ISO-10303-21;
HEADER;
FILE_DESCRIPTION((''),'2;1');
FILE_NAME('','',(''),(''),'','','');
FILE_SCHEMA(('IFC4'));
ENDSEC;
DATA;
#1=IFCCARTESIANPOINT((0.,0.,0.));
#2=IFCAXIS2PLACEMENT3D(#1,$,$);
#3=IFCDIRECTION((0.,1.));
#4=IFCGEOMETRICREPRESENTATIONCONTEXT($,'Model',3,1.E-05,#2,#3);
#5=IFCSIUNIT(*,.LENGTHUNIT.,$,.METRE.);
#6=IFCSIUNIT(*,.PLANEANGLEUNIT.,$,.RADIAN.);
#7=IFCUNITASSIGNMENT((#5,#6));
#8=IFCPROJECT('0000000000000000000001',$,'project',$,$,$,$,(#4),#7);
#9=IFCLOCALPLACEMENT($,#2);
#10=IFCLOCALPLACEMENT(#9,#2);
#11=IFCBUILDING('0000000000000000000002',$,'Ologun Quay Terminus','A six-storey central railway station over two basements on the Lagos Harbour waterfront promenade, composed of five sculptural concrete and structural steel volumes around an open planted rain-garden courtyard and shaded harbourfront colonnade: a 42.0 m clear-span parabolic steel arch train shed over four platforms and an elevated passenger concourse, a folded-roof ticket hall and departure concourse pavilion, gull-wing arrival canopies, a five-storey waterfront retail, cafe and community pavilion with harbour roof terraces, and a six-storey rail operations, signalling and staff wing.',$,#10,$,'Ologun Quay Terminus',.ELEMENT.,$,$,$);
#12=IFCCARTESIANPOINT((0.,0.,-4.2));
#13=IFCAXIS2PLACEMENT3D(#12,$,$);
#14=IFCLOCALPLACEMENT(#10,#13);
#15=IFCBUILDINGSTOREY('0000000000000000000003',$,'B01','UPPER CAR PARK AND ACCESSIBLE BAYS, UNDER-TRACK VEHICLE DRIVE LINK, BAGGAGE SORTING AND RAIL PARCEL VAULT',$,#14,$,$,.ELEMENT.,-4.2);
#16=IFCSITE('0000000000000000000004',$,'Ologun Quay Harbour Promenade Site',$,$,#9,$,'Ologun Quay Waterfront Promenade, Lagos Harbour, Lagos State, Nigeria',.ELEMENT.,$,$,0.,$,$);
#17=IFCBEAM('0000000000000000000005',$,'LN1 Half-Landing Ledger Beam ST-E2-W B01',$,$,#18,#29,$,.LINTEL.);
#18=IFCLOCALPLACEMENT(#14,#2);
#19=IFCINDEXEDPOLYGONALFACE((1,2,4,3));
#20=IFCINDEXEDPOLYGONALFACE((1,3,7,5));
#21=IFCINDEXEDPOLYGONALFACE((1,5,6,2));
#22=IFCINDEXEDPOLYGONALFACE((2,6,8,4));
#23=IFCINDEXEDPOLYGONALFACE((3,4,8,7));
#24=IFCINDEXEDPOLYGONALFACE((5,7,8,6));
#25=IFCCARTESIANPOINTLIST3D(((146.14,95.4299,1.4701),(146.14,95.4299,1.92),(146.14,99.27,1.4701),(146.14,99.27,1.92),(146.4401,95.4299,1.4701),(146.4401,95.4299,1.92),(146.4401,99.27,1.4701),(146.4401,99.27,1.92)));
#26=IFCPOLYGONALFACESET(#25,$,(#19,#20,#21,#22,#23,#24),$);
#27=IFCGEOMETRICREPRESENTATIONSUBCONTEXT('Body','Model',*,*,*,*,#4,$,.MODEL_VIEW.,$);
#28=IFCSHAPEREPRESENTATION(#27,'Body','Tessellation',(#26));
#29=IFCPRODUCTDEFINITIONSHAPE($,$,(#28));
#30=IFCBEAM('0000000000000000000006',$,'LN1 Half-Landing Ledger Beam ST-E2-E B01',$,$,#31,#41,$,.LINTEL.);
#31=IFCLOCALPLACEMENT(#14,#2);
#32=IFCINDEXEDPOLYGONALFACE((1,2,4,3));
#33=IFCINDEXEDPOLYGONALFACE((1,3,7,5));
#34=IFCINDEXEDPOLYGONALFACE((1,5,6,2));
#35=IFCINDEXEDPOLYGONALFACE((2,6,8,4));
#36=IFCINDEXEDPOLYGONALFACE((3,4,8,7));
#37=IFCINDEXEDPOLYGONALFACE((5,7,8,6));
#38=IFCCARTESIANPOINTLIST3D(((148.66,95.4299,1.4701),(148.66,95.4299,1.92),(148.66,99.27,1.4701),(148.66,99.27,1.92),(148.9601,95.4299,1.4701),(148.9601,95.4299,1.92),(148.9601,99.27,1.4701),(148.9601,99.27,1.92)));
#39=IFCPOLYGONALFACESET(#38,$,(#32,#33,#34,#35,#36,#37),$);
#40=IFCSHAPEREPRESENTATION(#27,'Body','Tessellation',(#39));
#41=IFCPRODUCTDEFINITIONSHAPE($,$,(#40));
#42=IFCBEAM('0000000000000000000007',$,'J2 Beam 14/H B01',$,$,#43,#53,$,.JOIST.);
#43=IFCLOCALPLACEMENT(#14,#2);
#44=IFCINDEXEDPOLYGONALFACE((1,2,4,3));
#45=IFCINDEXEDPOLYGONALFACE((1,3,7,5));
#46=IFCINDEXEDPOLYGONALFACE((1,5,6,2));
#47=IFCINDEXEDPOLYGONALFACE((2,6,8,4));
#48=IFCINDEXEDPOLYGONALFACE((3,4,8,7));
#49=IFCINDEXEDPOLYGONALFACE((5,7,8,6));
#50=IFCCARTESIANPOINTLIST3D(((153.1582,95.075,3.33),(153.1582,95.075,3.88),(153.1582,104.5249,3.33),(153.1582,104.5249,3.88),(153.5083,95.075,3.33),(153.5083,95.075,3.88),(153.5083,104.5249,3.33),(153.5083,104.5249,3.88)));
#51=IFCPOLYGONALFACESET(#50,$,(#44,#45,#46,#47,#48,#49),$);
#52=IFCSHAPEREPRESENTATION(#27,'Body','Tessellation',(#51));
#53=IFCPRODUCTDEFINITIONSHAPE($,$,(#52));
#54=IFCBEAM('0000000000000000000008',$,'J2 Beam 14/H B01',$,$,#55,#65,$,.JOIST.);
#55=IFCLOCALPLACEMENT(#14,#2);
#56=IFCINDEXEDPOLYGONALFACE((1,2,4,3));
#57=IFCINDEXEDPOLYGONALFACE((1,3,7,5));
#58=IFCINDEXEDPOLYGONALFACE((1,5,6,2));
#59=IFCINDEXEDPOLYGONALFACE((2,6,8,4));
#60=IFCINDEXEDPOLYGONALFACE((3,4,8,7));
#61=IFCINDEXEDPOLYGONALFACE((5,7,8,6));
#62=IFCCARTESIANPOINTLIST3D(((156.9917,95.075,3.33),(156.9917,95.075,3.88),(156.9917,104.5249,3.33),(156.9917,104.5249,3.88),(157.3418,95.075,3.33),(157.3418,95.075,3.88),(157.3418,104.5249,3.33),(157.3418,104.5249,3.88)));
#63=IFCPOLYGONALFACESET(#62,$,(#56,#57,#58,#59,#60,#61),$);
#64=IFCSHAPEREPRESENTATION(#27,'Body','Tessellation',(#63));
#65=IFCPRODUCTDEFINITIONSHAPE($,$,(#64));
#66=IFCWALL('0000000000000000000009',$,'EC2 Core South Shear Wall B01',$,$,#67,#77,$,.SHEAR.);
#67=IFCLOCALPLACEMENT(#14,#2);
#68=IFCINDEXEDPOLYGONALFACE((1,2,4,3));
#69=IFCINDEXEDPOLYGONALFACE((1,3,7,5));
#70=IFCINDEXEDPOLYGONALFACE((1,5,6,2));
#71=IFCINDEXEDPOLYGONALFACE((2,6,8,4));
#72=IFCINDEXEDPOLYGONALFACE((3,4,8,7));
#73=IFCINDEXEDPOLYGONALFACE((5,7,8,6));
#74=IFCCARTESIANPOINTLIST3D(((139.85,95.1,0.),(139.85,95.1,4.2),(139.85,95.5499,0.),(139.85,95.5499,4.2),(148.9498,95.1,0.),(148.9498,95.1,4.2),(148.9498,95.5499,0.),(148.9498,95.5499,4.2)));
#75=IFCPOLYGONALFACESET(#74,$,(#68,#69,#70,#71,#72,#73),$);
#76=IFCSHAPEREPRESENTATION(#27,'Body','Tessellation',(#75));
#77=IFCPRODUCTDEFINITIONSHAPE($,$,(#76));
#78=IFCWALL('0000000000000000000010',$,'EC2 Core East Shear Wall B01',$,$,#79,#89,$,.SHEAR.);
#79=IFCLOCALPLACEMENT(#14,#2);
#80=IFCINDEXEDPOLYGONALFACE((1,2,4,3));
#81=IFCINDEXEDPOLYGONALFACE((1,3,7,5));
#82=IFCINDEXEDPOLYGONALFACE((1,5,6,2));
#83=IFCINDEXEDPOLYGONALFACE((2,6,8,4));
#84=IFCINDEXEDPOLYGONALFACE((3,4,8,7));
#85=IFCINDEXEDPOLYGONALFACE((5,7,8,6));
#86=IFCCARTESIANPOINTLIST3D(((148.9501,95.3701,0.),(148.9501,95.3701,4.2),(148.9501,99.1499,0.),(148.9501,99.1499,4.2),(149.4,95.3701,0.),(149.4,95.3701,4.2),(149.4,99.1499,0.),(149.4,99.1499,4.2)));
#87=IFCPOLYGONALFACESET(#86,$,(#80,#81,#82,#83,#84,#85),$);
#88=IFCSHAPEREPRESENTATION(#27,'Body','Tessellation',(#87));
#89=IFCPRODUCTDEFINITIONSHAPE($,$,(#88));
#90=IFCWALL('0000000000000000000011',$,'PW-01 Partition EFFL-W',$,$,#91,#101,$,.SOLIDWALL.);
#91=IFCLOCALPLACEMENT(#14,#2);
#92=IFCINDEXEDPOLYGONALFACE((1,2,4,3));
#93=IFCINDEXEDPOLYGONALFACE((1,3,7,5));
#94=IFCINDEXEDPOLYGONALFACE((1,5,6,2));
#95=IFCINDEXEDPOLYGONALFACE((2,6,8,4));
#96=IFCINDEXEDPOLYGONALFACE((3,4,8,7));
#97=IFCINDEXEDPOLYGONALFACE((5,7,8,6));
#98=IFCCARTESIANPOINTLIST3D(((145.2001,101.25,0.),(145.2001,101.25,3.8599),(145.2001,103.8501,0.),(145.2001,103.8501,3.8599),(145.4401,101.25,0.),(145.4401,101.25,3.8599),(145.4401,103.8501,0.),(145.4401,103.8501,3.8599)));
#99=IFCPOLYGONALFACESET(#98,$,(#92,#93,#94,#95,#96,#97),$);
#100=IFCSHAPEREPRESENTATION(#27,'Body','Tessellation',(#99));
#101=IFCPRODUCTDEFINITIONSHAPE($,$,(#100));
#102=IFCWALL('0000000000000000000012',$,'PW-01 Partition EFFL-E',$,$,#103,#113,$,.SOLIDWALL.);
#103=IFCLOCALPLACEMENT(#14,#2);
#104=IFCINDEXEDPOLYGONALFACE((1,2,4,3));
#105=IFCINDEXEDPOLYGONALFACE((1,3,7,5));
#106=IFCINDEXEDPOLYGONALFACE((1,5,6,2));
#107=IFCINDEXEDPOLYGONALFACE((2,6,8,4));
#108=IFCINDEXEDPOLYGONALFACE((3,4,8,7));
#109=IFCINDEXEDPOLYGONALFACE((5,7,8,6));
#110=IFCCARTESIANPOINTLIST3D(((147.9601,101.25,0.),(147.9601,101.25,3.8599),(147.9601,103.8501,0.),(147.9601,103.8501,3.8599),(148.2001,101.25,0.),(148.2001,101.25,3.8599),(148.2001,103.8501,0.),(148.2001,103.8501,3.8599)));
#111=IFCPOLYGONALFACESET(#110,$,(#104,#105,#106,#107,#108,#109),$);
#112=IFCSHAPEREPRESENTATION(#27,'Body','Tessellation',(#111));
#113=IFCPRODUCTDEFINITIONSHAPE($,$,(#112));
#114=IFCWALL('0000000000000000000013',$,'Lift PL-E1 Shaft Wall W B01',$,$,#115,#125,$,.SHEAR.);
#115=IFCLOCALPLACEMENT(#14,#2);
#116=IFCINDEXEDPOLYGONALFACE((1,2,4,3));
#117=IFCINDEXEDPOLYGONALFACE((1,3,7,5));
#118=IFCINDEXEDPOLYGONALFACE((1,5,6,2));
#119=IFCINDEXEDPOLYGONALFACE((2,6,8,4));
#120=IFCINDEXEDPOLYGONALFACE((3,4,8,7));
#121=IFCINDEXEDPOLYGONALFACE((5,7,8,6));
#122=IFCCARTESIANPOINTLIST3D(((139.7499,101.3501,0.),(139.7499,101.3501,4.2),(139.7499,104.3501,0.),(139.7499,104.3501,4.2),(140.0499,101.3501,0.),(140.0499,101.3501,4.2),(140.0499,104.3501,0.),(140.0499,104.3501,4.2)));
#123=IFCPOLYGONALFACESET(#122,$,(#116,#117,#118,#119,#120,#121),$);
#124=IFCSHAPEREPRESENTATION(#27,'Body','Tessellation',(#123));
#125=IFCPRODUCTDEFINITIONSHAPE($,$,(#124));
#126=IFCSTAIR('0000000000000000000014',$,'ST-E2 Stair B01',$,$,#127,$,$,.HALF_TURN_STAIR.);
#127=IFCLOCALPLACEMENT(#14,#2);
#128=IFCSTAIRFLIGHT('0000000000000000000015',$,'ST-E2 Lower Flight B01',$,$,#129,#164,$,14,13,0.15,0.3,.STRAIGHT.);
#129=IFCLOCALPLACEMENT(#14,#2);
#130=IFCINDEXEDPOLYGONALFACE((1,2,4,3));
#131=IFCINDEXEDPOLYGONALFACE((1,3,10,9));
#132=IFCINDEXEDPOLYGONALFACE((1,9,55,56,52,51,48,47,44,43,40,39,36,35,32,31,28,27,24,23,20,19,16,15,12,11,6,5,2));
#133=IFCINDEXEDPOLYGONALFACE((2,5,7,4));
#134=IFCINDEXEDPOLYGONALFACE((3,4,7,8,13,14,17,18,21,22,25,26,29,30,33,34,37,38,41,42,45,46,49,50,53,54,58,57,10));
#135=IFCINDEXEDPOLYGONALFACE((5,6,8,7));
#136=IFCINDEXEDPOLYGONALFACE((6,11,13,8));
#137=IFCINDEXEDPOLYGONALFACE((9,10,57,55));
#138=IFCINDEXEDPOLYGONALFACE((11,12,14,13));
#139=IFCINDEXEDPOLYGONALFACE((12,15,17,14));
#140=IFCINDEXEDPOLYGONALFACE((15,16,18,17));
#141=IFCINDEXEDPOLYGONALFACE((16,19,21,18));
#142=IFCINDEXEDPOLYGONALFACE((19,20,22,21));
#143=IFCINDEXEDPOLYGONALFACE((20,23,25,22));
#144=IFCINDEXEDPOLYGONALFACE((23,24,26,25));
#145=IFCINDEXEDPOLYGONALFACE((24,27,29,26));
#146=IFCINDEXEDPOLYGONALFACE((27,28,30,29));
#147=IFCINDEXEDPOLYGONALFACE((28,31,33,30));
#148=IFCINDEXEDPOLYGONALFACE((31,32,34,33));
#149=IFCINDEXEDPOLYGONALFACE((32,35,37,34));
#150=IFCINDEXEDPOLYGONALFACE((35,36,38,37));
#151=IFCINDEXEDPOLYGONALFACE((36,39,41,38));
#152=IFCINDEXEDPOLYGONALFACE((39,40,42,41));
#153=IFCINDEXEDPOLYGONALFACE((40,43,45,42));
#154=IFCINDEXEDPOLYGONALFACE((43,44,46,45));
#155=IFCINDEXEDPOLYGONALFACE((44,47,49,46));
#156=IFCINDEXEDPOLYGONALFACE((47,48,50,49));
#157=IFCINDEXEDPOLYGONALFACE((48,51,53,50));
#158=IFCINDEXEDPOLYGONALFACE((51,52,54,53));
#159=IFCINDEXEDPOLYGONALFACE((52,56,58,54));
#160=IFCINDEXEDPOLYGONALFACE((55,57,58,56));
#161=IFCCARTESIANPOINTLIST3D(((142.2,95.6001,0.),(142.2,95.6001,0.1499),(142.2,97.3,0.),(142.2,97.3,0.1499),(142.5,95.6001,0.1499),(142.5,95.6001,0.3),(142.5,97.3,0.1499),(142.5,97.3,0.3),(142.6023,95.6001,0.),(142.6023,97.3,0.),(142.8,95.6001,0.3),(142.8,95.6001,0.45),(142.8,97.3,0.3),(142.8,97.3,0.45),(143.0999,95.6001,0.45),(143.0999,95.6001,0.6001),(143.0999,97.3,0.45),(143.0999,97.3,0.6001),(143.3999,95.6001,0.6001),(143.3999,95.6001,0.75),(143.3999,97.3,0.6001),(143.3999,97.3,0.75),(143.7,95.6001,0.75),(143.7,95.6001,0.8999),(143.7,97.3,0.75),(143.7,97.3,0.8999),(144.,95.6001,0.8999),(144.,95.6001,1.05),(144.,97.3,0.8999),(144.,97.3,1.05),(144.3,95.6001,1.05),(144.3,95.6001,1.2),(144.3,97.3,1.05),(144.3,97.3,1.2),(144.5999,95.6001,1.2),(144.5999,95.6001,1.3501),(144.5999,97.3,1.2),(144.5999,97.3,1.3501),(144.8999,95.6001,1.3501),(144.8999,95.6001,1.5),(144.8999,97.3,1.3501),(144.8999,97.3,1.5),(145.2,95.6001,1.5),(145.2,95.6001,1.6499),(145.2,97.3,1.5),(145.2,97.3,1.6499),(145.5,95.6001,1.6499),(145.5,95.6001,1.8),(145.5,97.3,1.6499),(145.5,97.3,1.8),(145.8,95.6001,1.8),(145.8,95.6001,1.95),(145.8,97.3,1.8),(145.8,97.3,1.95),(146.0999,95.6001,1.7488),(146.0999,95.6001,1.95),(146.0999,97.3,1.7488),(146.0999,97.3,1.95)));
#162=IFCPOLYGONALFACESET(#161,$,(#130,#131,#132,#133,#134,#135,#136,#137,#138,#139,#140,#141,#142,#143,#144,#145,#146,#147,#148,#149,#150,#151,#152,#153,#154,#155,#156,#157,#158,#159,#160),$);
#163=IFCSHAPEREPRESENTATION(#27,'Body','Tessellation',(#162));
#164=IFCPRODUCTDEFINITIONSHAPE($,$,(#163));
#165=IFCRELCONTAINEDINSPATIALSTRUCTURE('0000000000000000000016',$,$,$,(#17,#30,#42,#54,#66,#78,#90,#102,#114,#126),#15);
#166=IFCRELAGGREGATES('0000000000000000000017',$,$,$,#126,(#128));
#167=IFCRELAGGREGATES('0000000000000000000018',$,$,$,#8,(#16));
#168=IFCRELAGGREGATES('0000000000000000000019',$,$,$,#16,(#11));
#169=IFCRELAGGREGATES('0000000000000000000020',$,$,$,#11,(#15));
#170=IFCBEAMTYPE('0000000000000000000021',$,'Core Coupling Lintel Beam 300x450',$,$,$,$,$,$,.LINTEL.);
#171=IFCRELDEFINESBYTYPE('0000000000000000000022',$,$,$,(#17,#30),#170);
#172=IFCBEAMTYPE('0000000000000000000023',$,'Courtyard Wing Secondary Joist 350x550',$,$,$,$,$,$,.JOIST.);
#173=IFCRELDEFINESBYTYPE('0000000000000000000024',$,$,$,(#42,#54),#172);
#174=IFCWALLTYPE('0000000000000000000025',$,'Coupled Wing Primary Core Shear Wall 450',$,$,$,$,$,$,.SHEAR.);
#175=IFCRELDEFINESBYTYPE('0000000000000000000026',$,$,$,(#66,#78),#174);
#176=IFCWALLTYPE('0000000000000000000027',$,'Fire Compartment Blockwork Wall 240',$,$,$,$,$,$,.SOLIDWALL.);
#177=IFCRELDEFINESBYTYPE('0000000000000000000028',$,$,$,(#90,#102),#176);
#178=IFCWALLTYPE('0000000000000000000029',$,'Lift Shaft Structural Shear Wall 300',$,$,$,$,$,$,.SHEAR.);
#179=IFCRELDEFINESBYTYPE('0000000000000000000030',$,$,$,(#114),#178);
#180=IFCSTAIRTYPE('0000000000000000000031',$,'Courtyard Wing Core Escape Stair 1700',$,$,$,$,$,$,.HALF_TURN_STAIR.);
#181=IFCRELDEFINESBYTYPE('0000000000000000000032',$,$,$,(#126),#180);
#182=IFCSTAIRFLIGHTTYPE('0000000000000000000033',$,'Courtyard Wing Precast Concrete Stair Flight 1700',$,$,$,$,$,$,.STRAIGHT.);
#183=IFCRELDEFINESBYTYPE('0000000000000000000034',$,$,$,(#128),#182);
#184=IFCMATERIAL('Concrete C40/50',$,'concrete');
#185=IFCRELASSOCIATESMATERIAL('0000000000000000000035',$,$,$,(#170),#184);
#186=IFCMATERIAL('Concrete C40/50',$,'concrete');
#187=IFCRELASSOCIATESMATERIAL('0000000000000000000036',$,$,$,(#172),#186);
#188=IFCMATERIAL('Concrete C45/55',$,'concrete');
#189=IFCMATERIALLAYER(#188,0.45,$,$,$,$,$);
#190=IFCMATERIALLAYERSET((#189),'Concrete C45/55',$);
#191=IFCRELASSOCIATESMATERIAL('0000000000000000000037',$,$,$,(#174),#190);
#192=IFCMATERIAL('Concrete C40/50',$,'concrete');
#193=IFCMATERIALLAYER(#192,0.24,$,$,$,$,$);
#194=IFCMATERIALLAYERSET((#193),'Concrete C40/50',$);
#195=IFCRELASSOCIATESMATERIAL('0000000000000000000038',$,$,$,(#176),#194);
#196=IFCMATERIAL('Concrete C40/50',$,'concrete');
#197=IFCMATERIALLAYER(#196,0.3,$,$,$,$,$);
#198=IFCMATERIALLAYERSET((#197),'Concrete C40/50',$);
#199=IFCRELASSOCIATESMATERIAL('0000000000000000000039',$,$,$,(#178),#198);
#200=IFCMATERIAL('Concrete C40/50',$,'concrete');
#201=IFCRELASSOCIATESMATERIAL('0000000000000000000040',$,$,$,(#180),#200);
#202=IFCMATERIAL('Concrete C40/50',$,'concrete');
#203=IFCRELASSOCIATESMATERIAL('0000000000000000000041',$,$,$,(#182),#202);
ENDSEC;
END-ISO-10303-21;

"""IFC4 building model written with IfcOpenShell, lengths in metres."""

from ifc_helpers import new_model, si_unit, direction, frame, frame_2d, origin, origin_2d, place, context, subcontext, project, spatial, polyline, rectangle, outline, extrude, material, layer, layer_set, material_profile, profile_set, type_object, element, aggregate, save


model = new_model("IFC4")

# Units and contexts
model_context = context("Model", 3, precision=1e-05, world=origin(), true_north=direction((0.0, 1.0)))
body_context = subcontext(model_context, "Body", "Model", "MODEL_VIEW")
ifc_project = project(units=[si_unit("LENGTHUNIT", "METRE"), si_unit("PLANEANGLEUNIT", "RADIAN")], contexts=[model_context])

# Site, building, storey
site_placement = place(None, origin())
site = spatial("IfcSite", under=ifc_project, at=site_placement, Name="Ologun Quay Harbour Promenade Site", LongName="Ologun Quay Waterfront Promenade, Lagos Harbour, Lagos State, Nigeria", CompositionType="ELEMENT", RefElevation=0.0)
building_placement = place(site_placement, origin())
building = spatial("IfcBuilding", under=site, at=building_placement, Name="Ologun Quay Terminus", Description="A six-storey central railway station over two basements on the Lagos Harbour waterfront promenade, composed of five sculptural concrete and structural steel volumes around an open planted rain-garden courtyard and shaded harbourfront colonnade: a 42.0 m clear-span parabolic steel arch train shed over four platforms and an elevated passenger concourse, a folded-roof ticket hall and departure concourse pavilion, gull-wing arrival canopies, a five-storey waterfront retail, cafe and community pavilion with harbour roof terraces, and a six-storey rail operations, signalling and staff wing.", LongName="Ologun Quay Terminus", CompositionType="ELEMENT")
storey_placement = place(building_placement, frame((0.0, 0.0, -4.2)))
storey = spatial("IfcBuildingStorey", under=building, at=storey_placement, Name="B01", Description="UPPER CAR PARK AND ACCESSIBLE BAYS, UNDER-TRACK VEHICLE DRIVE LINK, BAGGAGE SORTING AND RAIL PARCEL VAULT", CompositionType="ELEMENT", Elevation=-4.2)

# Beams
ifc_material_1 = material(Name="Concrete C40/50", Category="concrete")
ifc_material_profile_1 = material_profile(ifc_material_1, rectangle(XDim=0.3, YDim=0.45, at=origin_2d()), Name="RC 300x450")
ifc_profile_set_1 = profile_set([ifc_material_profile_1], Name="Concrete C40/50")
beam_type_1 = type_object("IfcBeamType", Name="Core Coupling Lintel Beam 300x450", PredefinedType="LINTEL", material=ifc_profile_set_1)
for number, where, z_axis, x_axis, name in (
    (1, (146.29, 95.4299, 1.6951), (0.0, 1.0, 0.0), (-1.0, 0.0, 0.0), "LN1 Half-Landing Ledger Beam ST-E2-W B01"),
    (2, (148.8101, 95.4299, 1.6951), (0.0, 1.0, 0.0), (-1.0, 0.0, 0.0), "LN1 Half-Landing Ledger Beam ST-E2-E B01"),
):
    element("IfcBeam", number, at=place(storey_placement, frame(where, z_axis=z_axis, x_axis=x_axis)), inside=storey, type_object=beam_type_1, Name=name, PredefinedType="LINTEL", context=body_context, shape_type="SweptSolid", body=[
        extrude(rectangle(XDim=0.3, YDim=0.45, at=origin_2d()), origin(), (0.0, 0.0, 1.0), 3.8401),
    ])
ifc_material_2 = material(Name="Concrete C40/50", Category="concrete")
ifc_material_profile_2 = material_profile(ifc_material_2, rectangle(XDim=0.3501, YDim=0.55, at=origin_2d()), Name="RC 350x550")
ifc_profile_set_2 = profile_set([ifc_material_profile_2], Name="Concrete C40/50")
beam_type_2 = type_object("IfcBeamType", Name="Courtyard Wing Secondary Joist 350x550", PredefinedType="JOIST", material=ifc_profile_set_2)
for number, where, z_axis, x_axis, name in (
    (3, (153.3333, 95.075, 3.605), (0.0, 1.0, 0.0), (-1.0, 0.0, 0.0), "J2 Beam 14/H B01"),
    (4, (157.1667, 95.075, 3.605), (0.0, 1.0, 0.0), (-1.0, 0.0, 0.0), "J2 Beam 14/H B01"),
):
    element("IfcBeam", number, at=place(storey_placement, frame(where, z_axis=z_axis, x_axis=x_axis)), inside=storey, type_object=beam_type_2, Name=name, PredefinedType="JOIST", context=body_context, shape_type="SweptSolid", body=[
        extrude(rectangle(XDim=0.3501, YDim=0.55, at=origin_2d()), origin(), (0.0, 0.0, 1.0), 9.45),
    ])

# Wall
ifc_material_3 = material(Name="Concrete C45/55", Category="concrete")
ifc_layer_1 = layer(ifc_material_3, 0.45)
ifc_layer_set_1 = layer_set([ifc_layer_1], Name="Concrete C45/55")
wall_type_1 = type_object("IfcWallType", Name="Coupled Wing Primary Core Shear Wall 450", PredefinedType="SHEAR", material=ifc_layer_set_1)
wall_1_placement = place(storey_placement, frame((139.8501, 95.325, 0.0), z_axis=(0.0, 0.0, 1.0), x_axis=(1.0, 0.0, 0.0)))
element("IfcWall", 5, at=wall_1_placement, inside=storey, type_object=wall_type_1, Name="EC2 Core South Shear Wall B01", PredefinedType="SHEAR", context=body_context, shape_type="SweptSolid", body=[
    extrude(rectangle(XDim=9.0999, YDim=0.45, at=frame_2d((4.5498, 0.0))), origin(), (0.0, 0.0, 1.0), 4.2),
])

# Wall
wall_2_placement = place(storey_placement, frame((149.175, 95.3701, 0.0), z_axis=(0.0, 0.0, 1.0), x_axis=(0.0, 1.0, 0.0)))
element("IfcWall", 6, at=wall_2_placement, inside=storey, type_object=wall_type_1, Name="EC2 Core East Shear Wall B01", PredefinedType="SHEAR", context=body_context, shape_type="SweptSolid", body=[
    extrude(rectangle(XDim=3.7798, YDim=0.45, at=frame_2d((1.8899, 0.0))), origin(), (0.0, 0.0, 1.0), 4.2),
])

# Shared definitions
ifc_material_4 = material(Name="Concrete C40/50", Category="concrete")
ifc_layer_2 = layer(ifc_material_4, 0.24)
ifc_layer_set_2 = layer_set([ifc_layer_2], Name="Concrete C40/50")
wall_type_2 = type_object("IfcWallType", Name="Fire Compartment Blockwork Wall 240", PredefinedType="SOLIDWALL", material=ifc_layer_set_2)

# Walls
for number, where, z_axis, x_axis, name in (
    (7, (145.3201, 101.25, 0.0), (0.0, 0.0, 1.0), (0.0, 1.0, 0.0), "PW-01 Partition EFFL-W"),
    (8, (148.0801, 101.25, 0.0), (0.0, 0.0, 1.0), (0.0, 1.0, 0.0), "PW-01 Partition EFFL-E"),
):
    element("IfcWall", number, at=place(storey_placement, frame(where, z_axis=z_axis, x_axis=x_axis)), inside=storey, type_object=wall_type_2, Name=name, PredefinedType="SOLIDWALL", context=body_context, shape_type="SweptSolid", body=[
        extrude(rectangle(XDim=2.6001, YDim=0.24, at=frame_2d((1.3, 0.0))), origin(), (0.0, 0.0, 1.0), 3.8599),
    ])
ifc_material_5 = material(Name="Concrete C40/50", Category="concrete")
ifc_layer_3 = layer(ifc_material_5, 0.3)
ifc_layer_set_3 = layer_set([ifc_layer_3], Name="Concrete C40/50")
wall_type_3 = type_object("IfcWallType", Name="Lift Shaft Structural Shear Wall 300", PredefinedType="SHEAR", material=ifc_layer_set_3)
wall_3_placement = place(storey_placement, frame((139.8999, 101.3501, 0.0), z_axis=(0.0, 0.0, 1.0), x_axis=(0.0, 1.0, 0.0)))
element("IfcWall", 9, at=wall_3_placement, inside=storey, type_object=wall_type_3, Name="Lift PL-E1 Shaft Wall W B01", PredefinedType="SHEAR", context=body_context, shape_type="SweptSolid", body=[
    extrude(rectangle(XDim=3.0, YDim=0.3, at=frame_2d((1.5, 0.0))), origin(), (0.0, 0.0, 1.0), 4.2),
])

# Stair, stair flight
ifc_material_6 = material(Name="Concrete C40/50", Category="concrete")
stair_type = type_object("IfcStairType", Name="Courtyard Wing Core Escape Stair 1700", PredefinedType="HALF_TURN_STAIR", material=ifc_material_6)
stair_placement = place(storey_placement, origin())
stair = element("IfcStair", 10, at=stair_placement, inside=storey, type_object=stair_type, Name="ST-E2 Stair B01", PredefinedType="HALF_TURN_STAIR")
ifc_material_7 = material(Name="Concrete C40/50", Category="concrete")
stair_flight_type = type_object("IfcStairFlightType", Name="Courtyard Wing Precast Concrete Stair Flight 1700", PredefinedType="STRAIGHT", material=ifc_material_7)
stair_flight_1_placement = place(storey_placement, frame((142.2, 96.45, 0.0), z_axis=(0.0, 0.0, 1.0), x_axis=(1.0, 0.0, 0.0)))
stair_flight_1 = element("IfcStairFlight", 11, at=stair_flight_1_placement, type_object=stair_flight_type, Name="ST-E2 Lower Flight B01", NumberOfRisers=14, NumberOfTreads=13, PredefinedType="STRAIGHT", RiserHeight=0.15, TreadLength=0.3, context=body_context, shape_type="SweptSolid", body=[
    extrude(outline(polyline([(0.0, 0.0), (0.0, 0.1499), (0.3, 0.1499), (0.3, 0.3), (0.6001, 0.3), (0.6001, 0.45), (0.8999, 0.45), (0.8999, 0.6001), (1.2, 0.6001), (1.2, 0.75), (1.5, 0.75), (1.5, 0.8999), (1.8, 0.8999), (1.8, 1.05), (2.1001, 1.05), (2.1001, 1.2), (2.3999, 1.2), (2.3999, 1.3501), (2.7, 1.3501), (2.7, 1.5), (3.0, 1.5), (3.0, 1.6499), (3.3, 1.6499), (3.3, 1.8), (3.6001, 1.8), (3.6001, 1.95), (3.8999, 1.95), (3.8999, 2.1001), (3.8999, 1.7488), (0.4023, 0.0), (0.0, 0.0)])), frame((0.0, 0.8501, 0.0), z_axis=(0.0, -1.0, 0.0), x_axis=(1.0, 0.0, 0.0)), (0.0, 0.0, 1.0), 1.7),
])
aggregate(stair, [stair_flight_1])

save(model, "model.ifc")
